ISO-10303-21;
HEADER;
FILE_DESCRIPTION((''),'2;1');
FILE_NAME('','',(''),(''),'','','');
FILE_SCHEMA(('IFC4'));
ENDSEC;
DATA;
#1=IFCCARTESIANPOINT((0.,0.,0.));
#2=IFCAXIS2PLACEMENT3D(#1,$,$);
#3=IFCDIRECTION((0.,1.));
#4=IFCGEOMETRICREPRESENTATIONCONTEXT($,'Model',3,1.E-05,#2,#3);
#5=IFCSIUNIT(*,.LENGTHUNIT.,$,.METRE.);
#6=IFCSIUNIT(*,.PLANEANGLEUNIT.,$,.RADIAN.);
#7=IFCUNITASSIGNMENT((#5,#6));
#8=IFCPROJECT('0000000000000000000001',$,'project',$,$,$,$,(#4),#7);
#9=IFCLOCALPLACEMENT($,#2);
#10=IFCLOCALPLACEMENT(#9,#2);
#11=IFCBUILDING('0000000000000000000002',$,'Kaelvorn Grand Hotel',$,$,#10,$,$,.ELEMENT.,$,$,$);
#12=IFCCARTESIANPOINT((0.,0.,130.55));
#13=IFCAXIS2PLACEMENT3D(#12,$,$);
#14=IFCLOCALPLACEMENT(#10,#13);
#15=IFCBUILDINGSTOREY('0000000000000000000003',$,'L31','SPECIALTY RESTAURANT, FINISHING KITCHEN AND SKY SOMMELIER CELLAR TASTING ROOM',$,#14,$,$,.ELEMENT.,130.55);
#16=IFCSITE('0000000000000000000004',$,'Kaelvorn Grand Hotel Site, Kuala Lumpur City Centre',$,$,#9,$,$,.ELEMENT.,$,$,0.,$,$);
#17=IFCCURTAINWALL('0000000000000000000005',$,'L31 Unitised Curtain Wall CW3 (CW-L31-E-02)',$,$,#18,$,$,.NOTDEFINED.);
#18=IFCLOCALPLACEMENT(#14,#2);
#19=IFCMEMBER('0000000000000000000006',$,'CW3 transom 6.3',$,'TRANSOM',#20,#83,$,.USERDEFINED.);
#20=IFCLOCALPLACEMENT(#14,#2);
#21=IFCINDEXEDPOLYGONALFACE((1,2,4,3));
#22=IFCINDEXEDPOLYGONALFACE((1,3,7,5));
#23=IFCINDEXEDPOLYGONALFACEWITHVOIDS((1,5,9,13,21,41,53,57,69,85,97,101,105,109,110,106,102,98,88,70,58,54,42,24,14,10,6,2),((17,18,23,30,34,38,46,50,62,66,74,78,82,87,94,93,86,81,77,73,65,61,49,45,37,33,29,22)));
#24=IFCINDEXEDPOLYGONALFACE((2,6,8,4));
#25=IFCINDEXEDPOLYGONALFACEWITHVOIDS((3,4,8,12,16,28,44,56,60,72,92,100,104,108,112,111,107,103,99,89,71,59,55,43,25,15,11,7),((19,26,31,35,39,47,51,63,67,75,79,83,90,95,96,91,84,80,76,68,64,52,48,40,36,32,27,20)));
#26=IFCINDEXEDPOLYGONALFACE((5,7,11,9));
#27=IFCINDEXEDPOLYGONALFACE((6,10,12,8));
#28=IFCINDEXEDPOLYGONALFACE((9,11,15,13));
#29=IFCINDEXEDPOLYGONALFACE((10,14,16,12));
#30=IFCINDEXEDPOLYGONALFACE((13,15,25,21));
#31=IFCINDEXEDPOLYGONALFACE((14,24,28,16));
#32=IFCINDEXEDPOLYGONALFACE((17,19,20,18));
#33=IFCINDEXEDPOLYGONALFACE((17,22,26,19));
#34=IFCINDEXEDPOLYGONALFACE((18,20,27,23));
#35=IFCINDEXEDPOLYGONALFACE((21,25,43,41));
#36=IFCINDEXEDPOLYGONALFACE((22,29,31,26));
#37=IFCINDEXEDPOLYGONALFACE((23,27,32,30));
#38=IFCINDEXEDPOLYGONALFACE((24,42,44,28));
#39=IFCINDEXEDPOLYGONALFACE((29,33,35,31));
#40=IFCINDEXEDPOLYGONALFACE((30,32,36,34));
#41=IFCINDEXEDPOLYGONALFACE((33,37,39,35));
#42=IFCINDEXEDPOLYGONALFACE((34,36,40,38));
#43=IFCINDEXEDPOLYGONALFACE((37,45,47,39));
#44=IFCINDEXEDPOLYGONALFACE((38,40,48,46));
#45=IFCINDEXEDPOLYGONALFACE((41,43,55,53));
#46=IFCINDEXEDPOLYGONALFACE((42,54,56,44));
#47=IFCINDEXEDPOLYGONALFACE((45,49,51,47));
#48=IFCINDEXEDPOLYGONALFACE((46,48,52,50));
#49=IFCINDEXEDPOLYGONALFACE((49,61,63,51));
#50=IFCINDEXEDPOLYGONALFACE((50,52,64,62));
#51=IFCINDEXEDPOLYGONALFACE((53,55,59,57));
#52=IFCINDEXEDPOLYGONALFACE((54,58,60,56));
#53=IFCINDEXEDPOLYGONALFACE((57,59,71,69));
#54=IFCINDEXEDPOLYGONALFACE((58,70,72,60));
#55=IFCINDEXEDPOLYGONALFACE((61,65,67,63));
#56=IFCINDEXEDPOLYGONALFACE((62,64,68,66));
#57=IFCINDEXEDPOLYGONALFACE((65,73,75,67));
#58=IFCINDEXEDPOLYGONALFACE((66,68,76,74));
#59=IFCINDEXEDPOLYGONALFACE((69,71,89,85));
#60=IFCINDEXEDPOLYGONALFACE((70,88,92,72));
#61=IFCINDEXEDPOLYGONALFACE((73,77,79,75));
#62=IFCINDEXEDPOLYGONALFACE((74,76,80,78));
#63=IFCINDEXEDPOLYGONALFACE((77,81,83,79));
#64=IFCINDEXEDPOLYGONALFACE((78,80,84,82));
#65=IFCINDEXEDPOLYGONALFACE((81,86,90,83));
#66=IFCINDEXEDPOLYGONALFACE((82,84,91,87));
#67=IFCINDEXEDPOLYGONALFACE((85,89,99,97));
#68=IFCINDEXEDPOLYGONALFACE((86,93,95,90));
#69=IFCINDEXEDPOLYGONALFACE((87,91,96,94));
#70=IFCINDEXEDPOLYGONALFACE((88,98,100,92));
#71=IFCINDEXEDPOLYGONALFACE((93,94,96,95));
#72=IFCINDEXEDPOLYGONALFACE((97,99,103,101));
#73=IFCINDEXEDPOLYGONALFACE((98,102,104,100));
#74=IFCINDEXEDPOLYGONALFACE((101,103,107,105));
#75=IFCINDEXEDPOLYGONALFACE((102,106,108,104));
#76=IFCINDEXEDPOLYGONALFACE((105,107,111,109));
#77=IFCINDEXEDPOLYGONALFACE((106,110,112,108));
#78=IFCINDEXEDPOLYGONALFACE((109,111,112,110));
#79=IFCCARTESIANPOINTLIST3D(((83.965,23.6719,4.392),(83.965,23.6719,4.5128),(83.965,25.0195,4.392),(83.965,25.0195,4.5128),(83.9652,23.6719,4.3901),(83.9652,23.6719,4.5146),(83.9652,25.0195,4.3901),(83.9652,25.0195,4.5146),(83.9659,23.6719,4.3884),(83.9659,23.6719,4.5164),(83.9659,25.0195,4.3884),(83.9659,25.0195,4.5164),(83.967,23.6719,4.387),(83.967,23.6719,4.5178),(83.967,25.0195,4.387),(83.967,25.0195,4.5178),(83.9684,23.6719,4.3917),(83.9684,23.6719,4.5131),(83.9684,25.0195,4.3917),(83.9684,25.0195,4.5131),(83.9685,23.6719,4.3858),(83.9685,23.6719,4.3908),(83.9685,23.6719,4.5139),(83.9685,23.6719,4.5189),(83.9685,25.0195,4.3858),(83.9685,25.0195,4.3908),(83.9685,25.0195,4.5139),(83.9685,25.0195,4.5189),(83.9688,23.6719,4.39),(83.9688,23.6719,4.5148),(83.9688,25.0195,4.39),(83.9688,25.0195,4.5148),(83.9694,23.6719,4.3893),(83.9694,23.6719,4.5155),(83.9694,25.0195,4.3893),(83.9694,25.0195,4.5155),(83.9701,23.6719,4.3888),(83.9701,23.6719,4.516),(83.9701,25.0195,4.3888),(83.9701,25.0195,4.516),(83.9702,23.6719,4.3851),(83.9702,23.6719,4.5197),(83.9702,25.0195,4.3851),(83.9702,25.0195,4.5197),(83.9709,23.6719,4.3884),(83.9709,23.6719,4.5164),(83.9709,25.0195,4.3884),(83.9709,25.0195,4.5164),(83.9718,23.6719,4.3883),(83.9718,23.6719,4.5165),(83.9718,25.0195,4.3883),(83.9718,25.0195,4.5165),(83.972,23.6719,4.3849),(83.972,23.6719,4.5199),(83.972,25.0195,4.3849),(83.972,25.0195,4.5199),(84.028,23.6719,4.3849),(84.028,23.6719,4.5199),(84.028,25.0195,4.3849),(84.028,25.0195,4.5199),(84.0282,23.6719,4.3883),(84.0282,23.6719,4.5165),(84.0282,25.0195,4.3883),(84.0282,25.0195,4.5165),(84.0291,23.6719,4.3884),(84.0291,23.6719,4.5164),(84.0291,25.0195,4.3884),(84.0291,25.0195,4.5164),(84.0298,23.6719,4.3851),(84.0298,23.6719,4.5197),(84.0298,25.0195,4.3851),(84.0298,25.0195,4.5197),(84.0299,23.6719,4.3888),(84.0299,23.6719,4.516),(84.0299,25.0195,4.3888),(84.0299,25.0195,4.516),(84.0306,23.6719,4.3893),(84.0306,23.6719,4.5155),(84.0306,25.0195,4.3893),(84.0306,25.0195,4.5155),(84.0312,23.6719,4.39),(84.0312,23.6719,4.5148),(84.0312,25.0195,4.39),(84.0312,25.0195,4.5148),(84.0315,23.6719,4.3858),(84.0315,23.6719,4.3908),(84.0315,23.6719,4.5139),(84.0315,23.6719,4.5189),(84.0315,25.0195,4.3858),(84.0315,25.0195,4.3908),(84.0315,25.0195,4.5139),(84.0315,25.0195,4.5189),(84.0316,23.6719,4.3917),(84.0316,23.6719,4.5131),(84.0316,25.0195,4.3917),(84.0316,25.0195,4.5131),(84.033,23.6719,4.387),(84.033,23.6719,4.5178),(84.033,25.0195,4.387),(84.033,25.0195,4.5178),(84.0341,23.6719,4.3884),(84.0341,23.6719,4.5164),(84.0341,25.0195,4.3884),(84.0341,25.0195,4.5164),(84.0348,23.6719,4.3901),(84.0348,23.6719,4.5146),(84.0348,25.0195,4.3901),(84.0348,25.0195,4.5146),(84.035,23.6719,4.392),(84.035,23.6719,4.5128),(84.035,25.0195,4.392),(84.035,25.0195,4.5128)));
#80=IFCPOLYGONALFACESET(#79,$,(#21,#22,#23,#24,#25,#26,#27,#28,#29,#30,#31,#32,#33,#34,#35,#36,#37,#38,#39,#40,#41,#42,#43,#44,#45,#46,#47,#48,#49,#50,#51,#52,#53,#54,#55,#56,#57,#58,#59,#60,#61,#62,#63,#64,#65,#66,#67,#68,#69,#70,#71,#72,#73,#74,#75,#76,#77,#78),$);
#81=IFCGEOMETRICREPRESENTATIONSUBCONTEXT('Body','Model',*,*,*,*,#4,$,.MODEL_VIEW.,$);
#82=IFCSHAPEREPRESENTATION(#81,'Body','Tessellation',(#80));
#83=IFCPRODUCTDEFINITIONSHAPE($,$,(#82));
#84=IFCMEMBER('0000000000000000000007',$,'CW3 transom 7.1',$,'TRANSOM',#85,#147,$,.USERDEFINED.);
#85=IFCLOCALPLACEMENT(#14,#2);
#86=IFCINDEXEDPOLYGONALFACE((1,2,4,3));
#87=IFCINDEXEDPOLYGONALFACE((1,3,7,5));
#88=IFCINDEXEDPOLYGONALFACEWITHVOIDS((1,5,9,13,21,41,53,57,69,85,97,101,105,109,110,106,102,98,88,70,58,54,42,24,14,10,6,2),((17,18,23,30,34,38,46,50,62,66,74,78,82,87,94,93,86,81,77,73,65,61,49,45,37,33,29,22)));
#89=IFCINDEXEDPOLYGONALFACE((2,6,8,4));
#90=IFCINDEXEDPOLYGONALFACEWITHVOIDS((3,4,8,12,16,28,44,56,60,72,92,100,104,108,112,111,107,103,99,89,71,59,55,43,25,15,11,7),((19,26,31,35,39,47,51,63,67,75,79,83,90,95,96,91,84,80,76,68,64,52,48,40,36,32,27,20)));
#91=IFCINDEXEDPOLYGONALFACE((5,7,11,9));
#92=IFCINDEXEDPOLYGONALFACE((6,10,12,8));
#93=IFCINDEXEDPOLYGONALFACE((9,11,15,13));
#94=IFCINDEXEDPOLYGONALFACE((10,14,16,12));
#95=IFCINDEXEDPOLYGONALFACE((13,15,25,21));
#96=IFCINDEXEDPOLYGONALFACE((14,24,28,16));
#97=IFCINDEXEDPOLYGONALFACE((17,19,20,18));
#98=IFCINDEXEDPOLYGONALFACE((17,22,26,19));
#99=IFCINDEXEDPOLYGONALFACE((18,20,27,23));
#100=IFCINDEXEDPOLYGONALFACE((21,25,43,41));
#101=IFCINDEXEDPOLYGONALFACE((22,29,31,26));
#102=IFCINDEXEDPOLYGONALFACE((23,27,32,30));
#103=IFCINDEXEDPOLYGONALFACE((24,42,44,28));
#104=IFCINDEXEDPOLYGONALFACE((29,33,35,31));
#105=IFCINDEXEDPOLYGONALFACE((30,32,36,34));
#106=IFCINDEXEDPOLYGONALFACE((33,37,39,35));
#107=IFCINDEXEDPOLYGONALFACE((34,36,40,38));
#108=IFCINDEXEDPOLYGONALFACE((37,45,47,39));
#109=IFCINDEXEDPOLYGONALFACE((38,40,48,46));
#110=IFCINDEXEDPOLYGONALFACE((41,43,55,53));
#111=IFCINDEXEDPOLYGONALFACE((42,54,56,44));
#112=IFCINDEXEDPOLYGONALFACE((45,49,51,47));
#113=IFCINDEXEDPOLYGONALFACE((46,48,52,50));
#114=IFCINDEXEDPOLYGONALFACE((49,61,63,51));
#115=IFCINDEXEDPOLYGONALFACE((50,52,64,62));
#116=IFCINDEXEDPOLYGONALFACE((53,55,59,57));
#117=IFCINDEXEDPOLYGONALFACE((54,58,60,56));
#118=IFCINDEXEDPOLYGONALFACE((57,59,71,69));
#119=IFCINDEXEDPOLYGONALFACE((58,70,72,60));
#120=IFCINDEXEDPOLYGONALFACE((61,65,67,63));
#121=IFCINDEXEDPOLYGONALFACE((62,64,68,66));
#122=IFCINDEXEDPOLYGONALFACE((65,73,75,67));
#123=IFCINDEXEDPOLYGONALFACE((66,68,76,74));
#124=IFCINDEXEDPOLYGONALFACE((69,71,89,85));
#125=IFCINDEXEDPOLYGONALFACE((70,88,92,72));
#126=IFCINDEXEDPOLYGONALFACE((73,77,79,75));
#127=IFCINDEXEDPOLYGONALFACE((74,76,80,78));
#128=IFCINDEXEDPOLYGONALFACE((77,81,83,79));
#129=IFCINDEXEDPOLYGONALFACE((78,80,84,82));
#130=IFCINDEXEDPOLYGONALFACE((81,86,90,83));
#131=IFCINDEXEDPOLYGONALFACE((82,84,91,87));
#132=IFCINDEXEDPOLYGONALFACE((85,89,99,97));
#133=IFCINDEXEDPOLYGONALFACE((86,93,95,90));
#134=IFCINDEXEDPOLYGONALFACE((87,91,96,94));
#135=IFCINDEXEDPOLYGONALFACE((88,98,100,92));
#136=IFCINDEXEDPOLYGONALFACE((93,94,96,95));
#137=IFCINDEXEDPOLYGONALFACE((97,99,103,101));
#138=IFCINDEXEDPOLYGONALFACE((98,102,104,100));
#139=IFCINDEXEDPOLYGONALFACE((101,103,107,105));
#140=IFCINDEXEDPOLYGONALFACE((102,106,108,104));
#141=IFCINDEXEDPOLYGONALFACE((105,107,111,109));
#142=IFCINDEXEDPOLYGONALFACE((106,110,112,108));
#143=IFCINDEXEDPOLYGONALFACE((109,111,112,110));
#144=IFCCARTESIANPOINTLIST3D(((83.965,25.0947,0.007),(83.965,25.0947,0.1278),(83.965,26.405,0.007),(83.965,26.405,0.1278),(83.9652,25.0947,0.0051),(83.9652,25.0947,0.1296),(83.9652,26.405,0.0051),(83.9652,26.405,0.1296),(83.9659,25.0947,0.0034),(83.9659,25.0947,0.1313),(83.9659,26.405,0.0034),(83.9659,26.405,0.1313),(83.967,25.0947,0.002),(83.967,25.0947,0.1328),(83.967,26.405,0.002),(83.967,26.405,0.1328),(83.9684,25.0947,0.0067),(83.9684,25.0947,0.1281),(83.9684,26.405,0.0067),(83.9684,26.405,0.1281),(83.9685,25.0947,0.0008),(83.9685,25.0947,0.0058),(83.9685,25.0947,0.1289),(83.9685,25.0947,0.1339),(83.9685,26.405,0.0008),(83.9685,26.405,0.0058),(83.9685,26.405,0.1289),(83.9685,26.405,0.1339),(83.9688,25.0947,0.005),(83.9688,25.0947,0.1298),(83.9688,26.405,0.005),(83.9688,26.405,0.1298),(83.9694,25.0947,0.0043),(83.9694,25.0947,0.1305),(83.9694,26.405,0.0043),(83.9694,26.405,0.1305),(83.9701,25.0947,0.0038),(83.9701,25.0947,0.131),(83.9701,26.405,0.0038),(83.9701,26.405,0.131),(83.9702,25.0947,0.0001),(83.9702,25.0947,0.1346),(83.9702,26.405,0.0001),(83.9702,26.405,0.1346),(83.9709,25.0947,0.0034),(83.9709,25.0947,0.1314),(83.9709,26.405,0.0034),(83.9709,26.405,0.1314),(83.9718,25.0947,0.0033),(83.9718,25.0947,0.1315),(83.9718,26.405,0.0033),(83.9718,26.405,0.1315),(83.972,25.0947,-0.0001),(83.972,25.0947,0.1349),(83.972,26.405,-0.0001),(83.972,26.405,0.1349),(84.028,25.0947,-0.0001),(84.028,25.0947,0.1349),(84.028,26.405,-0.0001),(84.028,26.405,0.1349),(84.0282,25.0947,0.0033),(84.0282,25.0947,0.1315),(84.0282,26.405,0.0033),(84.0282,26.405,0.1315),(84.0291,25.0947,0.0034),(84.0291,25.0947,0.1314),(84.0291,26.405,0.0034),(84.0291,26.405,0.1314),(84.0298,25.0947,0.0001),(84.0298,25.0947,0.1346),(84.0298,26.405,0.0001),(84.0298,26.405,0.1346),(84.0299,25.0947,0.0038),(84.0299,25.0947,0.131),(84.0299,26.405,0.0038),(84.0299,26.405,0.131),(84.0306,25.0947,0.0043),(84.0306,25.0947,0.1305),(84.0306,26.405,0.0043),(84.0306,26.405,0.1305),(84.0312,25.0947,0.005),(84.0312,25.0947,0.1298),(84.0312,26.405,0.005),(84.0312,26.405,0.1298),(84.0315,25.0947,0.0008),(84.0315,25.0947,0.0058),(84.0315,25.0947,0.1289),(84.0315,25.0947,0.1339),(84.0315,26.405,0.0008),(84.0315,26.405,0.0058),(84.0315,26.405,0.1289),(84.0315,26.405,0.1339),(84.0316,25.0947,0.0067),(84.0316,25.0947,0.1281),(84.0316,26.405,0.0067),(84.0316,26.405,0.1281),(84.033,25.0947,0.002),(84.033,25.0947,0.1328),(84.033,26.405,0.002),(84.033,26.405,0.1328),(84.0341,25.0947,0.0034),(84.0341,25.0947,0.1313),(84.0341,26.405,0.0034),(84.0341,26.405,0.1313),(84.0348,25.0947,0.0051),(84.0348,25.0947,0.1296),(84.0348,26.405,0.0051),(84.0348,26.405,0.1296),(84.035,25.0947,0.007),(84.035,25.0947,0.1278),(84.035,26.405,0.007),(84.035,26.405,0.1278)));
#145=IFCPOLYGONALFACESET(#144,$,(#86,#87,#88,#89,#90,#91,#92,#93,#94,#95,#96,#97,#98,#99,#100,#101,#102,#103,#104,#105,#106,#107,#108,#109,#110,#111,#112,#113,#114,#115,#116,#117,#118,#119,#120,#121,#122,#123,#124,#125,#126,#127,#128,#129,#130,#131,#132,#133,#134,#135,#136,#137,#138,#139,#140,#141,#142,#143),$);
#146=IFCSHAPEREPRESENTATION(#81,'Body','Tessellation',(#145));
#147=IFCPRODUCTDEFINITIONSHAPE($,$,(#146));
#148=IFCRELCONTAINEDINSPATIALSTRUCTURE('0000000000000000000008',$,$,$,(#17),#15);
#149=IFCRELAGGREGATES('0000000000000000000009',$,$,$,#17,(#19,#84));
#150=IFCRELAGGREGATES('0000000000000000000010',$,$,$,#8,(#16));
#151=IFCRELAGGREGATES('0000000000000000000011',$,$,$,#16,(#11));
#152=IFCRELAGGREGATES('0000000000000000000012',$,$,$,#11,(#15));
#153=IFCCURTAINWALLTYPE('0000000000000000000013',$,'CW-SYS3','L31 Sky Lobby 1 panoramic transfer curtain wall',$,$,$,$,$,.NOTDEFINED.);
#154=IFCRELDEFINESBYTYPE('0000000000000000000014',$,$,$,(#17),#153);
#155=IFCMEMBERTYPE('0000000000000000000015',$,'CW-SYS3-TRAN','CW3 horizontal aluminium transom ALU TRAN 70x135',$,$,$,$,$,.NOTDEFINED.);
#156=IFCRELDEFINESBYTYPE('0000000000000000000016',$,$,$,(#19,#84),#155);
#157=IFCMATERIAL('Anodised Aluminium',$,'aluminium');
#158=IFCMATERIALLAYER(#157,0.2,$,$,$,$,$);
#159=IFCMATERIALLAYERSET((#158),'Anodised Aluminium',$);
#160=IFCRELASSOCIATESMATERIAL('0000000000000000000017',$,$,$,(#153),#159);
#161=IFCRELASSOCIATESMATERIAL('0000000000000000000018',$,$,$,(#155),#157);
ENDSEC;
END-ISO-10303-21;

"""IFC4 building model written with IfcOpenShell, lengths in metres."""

from ifc_helpers import new_model, si_unit, direction, frame, origin, origin_2d, place, context, subcontext, project, spatial, hollow_rectangle, extrude, material, layer, layer_set, material_profile, profile_set, type_object, element, aggregate, save


model = new_model("IFC4")

# Units and contexts
model_context = context("Model", 3, precision=1e-05, world=origin(), true_north=direction((0.0, 1.0)))
body_context = subcontext(model_context, "Body", "Model", "MODEL_VIEW")
ifc_project = project(units=[si_unit("LENGTHUNIT", "METRE"), si_unit("PLANEANGLEUNIT", "RADIAN")], contexts=[model_context])

# Site, building, storey
site_placement = place(None, origin())
site = spatial("IfcSite", under=ifc_project, at=site_placement, Name="Kaelvorn Grand Hotel Site, Kuala Lumpur City Centre", CompositionType="ELEMENT", RefElevation=0.0)
building_placement = place(site_placement, origin())
building = spatial("IfcBuilding", under=site, at=building_placement, Name="Kaelvorn Grand Hotel", CompositionType="ELEMENT")
storey_placement = place(building_placement, frame((0.0, 0.0, 130.55)))
storey = spatial("IfcBuildingStorey", under=building, at=storey_placement, Name="L31", Description="SPECIALTY RESTAURANT, FINISHING KITCHEN AND SKY SOMMELIER CELLAR TASTING ROOM", CompositionType="ELEMENT", Elevation=130.55)

# Curtain wall, members
ifc_material_1 = material(Name="Anodised Aluminium", Category="aluminium")
ifc_layer_1 = layer(ifc_material_1, 0.2)
ifc_layer_set_1 = layer_set([ifc_layer_1], Name="Anodised Aluminium")
curtain_wall_type = type_object("IfcCurtainWallType", Name="CW-SYS3", Description="L31 Sky Lobby 1 panoramic transfer curtain wall", PredefinedType="NOTDEFINED", material=ifc_layer_set_1)
curtain_wall_placement = place(storey_placement, origin())
curtain_wall = element("IfcCurtainWall", 1, at=curtain_wall_placement, inside=storey, type_object=curtain_wall_type, Name="L31 Unitised Curtain Wall CW3 (CW-L31-E-02)", PredefinedType="NOTDEFINED")
ifc_material_profile_1 = material_profile(ifc_material_1, hollow_rectangle(XDim=0.0701, YDim=0.135, WallThickness=0.0034, InnerFilletRadius=0.0034, OuterFilletRadius=0.0071, at=origin_2d()), Name="ALU TRAN 70x135")
ifc_profile_set_1 = profile_set([ifc_material_profile_1], Name="Anodised Aluminium")
member_type_1 = type_object("IfcMemberType", Name="CW-SYS3-TRAN", Description="CW3 horizontal aluminium transom ALU TRAN 70x135", PredefinedType="NOTDEFINED", material=ifc_profile_set_1)
member_1_placement = place(storey_placement, frame((84.0, 23.6719, 4.4524), z_axis=(0.0, 1.0, 0.0), x_axis=(-1.0, 0.0, 0.0)))
member_1 = element("IfcMember", 2, at=member_1_placement, type_object=member_type_1, Name="CW3 transom 6.3", ObjectType="TRANSOM", PredefinedType="USERDEFINED", context=body_context, shape_type="SweptSolid", body=[
    extrude(hollow_rectangle(XDim=0.0701, YDim=0.135, WallThickness=0.0034, InnerFilletRadius=0.0034, OuterFilletRadius=0.0071, at=origin_2d()), origin(), (0.0, 0.0, 1.0), 1.3477),
])
member_2_placement = place(storey_placement, frame((84.0, 25.0947, 0.0674), z_axis=(0.0, 1.0, 0.0), x_axis=(-1.0, 0.0, 0.0)))
member_2 = element("IfcMember", 3, at=member_2_placement, type_object=member_type_1, Name="CW3 transom 7.1", ObjectType="TRANSOM", PredefinedType="USERDEFINED", context=body_context, shape_type="SweptSolid", body=[
    extrude(hollow_rectangle(XDim=0.0701, YDim=0.135, WallThickness=0.0034, InnerFilletRadius=0.0034, OuterFilletRadius=0.0071, at=origin_2d()), origin(), (0.0, 0.0, 1.0), 1.3103),
])
aggregate(curtain_wall, [member_1, member_2])

save(model, "model.ifc")
